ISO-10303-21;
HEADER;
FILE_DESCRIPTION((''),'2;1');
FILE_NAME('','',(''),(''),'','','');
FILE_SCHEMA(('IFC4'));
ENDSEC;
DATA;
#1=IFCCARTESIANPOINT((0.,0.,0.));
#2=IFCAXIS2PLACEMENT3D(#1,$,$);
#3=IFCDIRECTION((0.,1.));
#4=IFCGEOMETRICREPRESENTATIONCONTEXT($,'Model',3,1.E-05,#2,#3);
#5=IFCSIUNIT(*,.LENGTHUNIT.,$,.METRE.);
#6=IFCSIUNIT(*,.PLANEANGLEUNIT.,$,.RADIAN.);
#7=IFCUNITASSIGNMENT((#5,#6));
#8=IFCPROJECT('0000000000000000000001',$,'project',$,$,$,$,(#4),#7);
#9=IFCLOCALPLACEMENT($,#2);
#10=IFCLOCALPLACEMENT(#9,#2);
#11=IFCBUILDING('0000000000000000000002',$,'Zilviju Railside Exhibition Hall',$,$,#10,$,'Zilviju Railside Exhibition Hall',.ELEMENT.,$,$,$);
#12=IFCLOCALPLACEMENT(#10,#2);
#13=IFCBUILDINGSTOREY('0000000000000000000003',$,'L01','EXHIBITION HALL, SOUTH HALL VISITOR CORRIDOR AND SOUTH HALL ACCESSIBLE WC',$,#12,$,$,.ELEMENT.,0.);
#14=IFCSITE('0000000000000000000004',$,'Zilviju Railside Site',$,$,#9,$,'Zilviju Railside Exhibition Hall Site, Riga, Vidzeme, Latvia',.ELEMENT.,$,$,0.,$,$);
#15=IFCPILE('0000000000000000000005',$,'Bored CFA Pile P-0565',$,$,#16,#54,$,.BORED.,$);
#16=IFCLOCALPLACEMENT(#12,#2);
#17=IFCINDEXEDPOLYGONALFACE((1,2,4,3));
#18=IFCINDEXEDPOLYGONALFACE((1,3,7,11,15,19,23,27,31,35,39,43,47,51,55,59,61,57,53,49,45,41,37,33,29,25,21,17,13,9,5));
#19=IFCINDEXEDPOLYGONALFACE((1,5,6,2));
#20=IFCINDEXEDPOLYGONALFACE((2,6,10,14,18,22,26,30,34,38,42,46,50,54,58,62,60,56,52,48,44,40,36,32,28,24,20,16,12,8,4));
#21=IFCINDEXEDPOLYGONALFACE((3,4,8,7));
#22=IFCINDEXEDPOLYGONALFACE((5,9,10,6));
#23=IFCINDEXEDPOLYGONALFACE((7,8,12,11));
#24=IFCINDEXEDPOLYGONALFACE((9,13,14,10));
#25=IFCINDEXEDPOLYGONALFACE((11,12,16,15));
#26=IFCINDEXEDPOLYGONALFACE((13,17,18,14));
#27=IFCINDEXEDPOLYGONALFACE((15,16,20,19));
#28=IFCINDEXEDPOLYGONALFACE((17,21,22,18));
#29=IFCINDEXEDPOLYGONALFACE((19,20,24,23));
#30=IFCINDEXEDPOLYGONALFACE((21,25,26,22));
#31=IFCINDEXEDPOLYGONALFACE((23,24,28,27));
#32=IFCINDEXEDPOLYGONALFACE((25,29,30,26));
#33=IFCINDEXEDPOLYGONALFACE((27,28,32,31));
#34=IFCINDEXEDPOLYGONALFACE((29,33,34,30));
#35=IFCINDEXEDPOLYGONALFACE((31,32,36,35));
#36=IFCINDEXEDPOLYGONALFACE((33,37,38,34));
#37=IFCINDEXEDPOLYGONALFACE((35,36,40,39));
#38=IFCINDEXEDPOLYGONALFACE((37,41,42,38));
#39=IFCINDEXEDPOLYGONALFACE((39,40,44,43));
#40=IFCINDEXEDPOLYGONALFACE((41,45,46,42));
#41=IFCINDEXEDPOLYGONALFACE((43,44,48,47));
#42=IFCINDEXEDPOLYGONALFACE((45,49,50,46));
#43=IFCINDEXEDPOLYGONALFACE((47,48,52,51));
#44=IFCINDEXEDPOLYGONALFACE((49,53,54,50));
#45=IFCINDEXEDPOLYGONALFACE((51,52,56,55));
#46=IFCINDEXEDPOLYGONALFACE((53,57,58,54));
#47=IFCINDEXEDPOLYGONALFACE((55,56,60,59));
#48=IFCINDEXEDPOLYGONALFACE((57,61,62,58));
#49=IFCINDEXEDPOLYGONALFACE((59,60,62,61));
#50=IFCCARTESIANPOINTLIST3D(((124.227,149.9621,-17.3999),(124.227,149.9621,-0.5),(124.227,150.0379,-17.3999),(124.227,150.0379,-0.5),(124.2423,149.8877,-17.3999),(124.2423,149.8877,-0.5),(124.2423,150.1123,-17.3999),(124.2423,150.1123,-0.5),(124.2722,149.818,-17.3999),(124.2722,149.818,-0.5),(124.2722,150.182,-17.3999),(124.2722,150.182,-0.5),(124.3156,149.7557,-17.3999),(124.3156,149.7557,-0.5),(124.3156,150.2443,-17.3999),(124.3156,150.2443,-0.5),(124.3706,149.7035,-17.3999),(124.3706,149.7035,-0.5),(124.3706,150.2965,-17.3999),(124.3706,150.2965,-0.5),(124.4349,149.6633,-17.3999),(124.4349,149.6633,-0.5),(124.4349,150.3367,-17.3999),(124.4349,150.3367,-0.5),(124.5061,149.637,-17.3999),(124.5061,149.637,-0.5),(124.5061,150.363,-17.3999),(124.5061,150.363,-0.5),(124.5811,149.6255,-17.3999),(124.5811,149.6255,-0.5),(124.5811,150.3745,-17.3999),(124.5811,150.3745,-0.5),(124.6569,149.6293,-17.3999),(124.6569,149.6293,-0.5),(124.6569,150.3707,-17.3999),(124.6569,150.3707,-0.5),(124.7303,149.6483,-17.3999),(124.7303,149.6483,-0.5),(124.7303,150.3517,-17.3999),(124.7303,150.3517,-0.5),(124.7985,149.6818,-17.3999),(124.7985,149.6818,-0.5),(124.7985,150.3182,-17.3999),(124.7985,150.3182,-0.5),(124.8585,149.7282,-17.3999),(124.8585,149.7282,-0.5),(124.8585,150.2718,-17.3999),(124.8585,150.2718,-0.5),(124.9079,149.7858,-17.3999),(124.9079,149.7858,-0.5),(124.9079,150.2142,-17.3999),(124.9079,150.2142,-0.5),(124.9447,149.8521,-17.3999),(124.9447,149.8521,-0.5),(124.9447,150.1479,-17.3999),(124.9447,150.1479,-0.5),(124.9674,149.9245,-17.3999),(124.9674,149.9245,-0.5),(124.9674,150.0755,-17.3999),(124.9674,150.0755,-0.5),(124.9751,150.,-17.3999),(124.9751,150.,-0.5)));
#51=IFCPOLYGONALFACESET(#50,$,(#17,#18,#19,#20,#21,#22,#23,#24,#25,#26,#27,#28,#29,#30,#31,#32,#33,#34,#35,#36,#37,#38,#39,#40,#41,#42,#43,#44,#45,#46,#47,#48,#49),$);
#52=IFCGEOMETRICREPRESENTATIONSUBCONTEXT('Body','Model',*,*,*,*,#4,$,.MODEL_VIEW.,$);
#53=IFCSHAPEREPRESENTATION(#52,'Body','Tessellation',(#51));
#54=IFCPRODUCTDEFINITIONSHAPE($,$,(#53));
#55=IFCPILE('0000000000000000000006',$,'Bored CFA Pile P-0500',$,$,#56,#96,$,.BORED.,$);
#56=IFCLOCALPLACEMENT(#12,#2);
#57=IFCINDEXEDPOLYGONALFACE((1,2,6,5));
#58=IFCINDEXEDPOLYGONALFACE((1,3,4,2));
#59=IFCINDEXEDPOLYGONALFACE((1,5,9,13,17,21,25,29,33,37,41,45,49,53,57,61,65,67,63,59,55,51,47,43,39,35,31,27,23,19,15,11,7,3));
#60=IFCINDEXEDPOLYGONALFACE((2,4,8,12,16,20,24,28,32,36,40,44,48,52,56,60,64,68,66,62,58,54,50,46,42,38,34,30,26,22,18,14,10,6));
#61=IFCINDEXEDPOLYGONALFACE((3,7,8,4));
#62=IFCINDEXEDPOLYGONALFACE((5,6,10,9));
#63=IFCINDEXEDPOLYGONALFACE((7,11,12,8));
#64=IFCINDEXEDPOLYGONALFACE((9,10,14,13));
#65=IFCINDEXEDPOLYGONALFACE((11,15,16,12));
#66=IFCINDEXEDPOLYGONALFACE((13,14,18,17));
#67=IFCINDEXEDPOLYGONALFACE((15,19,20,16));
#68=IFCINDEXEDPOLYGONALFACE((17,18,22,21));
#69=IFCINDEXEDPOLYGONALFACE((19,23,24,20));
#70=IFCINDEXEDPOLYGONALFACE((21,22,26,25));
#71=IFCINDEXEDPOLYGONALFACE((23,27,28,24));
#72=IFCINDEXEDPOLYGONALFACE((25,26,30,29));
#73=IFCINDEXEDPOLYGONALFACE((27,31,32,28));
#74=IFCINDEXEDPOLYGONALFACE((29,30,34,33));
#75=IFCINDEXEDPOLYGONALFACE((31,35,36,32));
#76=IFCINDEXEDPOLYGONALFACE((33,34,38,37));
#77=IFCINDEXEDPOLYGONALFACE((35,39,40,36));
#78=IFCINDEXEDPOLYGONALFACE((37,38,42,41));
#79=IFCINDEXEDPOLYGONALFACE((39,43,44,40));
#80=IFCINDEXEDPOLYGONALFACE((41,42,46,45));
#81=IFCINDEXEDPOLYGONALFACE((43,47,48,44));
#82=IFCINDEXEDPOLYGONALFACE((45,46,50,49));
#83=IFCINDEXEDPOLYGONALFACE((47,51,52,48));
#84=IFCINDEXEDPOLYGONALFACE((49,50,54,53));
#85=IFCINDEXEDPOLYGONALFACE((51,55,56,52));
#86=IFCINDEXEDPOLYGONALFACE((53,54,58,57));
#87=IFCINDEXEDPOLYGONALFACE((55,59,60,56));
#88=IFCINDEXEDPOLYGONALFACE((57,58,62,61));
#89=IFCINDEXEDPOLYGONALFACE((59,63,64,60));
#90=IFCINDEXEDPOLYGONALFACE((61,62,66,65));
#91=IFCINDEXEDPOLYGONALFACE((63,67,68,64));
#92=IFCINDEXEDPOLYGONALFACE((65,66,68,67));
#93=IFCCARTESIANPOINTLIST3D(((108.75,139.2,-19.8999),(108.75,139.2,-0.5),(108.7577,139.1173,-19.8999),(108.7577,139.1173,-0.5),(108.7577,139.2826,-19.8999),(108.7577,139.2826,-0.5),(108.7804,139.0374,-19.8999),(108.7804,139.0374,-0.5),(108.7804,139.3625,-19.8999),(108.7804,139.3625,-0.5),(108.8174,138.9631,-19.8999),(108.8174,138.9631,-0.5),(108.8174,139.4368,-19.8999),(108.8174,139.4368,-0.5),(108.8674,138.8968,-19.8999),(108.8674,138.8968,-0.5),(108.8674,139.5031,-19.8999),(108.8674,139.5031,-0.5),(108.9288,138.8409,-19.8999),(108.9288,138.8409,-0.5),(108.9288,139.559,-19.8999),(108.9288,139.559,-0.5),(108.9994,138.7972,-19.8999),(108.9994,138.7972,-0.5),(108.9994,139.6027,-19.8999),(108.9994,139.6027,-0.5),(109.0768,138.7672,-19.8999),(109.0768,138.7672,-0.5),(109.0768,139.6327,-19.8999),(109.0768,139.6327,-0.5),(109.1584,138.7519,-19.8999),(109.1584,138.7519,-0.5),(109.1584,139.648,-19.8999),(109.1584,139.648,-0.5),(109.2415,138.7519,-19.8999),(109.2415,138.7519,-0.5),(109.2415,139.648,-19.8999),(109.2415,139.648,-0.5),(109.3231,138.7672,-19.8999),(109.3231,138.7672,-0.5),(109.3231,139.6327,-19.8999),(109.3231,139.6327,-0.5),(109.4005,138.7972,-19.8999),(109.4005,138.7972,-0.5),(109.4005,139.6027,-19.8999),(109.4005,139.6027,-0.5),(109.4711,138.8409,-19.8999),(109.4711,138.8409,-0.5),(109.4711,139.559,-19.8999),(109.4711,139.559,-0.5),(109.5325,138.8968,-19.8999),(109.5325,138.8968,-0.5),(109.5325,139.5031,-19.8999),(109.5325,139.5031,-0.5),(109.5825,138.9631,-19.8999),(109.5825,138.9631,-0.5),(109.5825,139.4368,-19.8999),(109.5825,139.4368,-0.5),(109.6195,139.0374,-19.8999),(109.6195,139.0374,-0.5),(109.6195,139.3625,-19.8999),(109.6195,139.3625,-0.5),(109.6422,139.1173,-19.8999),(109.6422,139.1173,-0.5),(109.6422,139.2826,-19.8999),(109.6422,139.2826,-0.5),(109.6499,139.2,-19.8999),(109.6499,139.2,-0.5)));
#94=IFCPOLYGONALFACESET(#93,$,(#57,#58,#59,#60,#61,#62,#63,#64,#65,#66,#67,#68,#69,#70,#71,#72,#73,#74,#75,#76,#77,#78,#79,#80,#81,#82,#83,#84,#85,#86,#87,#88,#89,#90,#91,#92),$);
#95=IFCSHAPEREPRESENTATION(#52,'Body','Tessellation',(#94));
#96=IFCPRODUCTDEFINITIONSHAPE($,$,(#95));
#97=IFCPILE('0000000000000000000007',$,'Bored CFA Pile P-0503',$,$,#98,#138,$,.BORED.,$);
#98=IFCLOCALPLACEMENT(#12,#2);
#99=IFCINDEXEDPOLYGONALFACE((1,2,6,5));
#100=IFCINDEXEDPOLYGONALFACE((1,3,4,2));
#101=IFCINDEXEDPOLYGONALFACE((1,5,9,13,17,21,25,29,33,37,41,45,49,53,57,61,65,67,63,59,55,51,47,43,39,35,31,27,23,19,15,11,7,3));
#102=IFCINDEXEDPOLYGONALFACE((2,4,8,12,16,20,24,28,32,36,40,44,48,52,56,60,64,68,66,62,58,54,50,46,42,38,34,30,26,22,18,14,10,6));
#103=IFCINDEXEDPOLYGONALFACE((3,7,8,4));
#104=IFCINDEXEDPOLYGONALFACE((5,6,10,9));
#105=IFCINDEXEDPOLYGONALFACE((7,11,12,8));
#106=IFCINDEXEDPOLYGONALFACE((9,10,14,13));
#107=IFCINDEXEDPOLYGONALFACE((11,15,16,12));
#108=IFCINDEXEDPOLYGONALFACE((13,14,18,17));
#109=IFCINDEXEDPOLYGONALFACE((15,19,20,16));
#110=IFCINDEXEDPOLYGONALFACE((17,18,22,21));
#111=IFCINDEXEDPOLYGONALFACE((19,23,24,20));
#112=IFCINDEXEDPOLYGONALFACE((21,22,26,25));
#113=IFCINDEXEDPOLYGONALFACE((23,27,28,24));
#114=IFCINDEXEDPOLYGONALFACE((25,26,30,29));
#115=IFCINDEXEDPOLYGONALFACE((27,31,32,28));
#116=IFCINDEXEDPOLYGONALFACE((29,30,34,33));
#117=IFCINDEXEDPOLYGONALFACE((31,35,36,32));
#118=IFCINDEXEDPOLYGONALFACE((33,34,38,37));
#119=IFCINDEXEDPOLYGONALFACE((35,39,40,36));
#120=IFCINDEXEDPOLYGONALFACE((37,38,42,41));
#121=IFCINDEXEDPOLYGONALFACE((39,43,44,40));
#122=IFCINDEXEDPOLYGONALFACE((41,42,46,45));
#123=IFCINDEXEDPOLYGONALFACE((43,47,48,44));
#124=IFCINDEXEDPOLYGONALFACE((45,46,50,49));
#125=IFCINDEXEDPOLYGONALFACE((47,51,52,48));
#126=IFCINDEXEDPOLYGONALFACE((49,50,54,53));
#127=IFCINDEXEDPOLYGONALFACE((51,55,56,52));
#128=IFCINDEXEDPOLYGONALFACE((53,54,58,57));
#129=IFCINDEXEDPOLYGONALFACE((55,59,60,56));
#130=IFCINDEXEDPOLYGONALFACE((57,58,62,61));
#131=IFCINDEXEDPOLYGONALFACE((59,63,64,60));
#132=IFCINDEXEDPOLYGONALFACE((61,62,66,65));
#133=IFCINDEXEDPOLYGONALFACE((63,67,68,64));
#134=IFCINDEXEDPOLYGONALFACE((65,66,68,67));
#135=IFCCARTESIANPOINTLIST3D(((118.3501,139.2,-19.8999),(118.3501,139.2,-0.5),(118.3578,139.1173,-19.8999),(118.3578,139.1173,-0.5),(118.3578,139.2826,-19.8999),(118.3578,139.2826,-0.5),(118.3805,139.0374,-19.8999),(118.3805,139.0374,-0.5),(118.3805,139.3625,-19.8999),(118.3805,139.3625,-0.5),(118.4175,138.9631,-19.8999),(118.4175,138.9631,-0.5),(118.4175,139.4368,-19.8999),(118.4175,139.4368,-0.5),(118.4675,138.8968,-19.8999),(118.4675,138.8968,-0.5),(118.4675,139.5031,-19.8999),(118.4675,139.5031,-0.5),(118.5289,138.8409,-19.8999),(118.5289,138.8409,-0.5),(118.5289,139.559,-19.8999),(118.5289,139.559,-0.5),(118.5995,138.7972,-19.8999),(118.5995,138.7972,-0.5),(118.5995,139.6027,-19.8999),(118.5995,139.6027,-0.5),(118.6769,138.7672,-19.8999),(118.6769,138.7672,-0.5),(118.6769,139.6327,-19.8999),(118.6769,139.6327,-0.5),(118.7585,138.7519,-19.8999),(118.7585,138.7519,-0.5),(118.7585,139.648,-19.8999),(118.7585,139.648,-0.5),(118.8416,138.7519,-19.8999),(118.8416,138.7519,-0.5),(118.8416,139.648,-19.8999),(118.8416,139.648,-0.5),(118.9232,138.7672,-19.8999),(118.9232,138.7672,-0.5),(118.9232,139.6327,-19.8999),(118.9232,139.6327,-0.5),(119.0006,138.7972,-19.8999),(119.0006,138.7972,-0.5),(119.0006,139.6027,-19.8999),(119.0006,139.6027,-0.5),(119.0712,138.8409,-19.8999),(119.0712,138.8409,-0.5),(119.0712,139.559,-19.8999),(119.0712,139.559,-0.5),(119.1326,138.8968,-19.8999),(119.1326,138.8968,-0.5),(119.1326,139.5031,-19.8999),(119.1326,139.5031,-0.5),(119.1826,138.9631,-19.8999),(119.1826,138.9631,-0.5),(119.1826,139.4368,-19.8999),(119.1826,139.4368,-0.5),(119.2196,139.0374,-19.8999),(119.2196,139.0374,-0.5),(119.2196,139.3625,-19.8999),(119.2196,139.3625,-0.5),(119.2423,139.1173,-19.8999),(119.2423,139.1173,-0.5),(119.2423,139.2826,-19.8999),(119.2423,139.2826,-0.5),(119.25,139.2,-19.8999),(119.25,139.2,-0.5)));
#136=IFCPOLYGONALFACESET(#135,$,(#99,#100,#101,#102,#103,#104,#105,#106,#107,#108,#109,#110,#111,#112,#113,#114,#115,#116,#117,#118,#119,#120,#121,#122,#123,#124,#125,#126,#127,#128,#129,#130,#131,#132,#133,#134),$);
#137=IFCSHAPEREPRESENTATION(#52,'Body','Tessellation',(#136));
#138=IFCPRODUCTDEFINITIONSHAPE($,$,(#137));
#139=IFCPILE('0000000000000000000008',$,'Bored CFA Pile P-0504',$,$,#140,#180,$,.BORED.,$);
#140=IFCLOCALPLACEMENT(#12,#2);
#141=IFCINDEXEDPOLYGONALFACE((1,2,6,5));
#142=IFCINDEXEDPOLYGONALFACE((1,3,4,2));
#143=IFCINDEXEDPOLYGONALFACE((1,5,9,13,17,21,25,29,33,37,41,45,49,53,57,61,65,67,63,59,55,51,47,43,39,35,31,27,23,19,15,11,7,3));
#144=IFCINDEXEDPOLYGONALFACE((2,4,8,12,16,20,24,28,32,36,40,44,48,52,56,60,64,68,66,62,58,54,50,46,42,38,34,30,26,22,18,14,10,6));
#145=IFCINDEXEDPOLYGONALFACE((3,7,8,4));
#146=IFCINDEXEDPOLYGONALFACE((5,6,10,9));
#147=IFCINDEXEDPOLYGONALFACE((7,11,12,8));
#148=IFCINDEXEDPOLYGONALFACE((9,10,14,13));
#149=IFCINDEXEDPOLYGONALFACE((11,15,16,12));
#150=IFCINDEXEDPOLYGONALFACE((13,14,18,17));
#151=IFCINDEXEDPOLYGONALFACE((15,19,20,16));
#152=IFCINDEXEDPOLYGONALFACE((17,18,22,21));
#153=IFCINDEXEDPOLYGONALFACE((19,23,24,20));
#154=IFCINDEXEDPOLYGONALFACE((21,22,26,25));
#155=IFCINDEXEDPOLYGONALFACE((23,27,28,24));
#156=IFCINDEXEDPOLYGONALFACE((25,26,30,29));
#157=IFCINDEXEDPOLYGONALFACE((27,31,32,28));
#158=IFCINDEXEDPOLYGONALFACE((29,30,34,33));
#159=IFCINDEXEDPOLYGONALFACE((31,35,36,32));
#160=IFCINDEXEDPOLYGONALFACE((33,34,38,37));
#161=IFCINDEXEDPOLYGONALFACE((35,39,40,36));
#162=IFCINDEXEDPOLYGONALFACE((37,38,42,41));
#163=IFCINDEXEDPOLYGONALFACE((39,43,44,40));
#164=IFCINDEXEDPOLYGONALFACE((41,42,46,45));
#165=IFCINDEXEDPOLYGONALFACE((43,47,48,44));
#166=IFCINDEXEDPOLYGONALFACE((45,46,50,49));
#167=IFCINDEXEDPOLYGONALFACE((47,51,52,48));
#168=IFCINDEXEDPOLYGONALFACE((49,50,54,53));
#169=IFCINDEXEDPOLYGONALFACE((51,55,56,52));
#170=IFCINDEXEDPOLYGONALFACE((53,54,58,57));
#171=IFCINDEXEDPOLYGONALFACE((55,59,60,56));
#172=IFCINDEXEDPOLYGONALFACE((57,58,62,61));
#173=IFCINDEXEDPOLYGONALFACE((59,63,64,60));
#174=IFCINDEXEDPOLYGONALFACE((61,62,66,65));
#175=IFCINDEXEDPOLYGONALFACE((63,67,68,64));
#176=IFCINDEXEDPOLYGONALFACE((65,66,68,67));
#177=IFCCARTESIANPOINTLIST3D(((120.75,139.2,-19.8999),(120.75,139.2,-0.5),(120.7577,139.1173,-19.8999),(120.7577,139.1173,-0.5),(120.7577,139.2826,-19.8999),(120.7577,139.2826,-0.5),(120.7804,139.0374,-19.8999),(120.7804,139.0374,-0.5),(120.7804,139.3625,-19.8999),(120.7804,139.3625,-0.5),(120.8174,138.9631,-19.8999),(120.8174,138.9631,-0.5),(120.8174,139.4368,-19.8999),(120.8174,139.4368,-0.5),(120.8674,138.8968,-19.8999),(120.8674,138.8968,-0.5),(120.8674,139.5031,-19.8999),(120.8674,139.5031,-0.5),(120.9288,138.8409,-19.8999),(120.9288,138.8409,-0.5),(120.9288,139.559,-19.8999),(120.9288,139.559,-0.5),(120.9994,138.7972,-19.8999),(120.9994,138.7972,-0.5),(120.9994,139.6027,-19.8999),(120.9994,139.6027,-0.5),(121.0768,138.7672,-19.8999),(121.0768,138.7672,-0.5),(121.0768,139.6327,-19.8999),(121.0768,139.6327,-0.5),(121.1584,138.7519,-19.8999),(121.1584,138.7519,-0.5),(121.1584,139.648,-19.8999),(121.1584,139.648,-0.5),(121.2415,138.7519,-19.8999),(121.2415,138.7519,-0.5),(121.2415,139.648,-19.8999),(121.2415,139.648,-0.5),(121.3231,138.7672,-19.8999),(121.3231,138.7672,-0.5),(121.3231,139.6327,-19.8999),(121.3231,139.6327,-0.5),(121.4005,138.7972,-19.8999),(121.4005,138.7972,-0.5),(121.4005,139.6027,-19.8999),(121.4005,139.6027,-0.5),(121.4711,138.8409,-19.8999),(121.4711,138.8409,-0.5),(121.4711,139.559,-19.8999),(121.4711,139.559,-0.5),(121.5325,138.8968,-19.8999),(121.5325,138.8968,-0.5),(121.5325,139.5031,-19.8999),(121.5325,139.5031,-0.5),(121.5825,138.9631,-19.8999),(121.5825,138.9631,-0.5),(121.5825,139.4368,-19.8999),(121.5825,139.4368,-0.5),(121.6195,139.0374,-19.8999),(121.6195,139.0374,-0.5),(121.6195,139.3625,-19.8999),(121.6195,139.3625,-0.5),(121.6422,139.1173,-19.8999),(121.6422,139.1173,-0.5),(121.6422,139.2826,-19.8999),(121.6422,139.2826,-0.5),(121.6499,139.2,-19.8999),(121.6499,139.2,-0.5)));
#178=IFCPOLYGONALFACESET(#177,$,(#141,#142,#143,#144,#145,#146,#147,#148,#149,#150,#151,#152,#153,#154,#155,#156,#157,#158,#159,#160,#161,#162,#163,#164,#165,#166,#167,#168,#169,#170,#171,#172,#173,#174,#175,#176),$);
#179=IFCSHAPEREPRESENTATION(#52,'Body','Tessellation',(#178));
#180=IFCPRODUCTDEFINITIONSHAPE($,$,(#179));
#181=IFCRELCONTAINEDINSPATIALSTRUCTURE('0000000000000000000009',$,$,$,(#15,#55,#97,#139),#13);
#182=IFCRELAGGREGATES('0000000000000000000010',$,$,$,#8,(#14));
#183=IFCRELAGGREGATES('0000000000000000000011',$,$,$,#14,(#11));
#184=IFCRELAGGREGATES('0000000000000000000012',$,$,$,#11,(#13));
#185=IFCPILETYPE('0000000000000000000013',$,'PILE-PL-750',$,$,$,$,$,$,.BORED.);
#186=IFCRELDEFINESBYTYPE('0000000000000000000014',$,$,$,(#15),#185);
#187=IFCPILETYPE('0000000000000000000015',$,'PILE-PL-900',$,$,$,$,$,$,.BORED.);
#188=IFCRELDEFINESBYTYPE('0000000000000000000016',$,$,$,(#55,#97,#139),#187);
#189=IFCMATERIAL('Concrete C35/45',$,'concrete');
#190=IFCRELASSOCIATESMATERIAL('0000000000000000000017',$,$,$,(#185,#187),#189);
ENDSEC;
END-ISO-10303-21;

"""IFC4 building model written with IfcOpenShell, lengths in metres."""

from ifc_helpers import new_model, si_unit, direction, frame, origin, origin_2d, place, context, subcontext, project, spatial, circle, extrude, material, material_profile, profile_set, type_object, element, save


model = new_model("IFC4")

# Units and contexts
model_context = context("Model", 3, precision=1e-05, world=origin(), true_north=direction((0.0, 1.0)))
body_context = subcontext(model_context, "Body", "Model", "MODEL_VIEW")
ifc_project = project(units=[si_unit("LENGTHUNIT", "METRE"), si_unit("PLANEANGLEUNIT", "RADIAN")], contexts=[model_context])

# Site, building, storey
site_placement = place(None, origin())
site = spatial("IfcSite", under=ifc_project, at=site_placement, Name="Zilviju Railside Site", LongName="Zilviju Railside Exhibition Hall Site, Riga, Vidzeme, Latvia", CompositionType="ELEMENT", RefElevation=0.0)
building_placement = place(site_placement, origin())
building = spatial("IfcBuilding", under=site, at=building_placement, Name="Zilviju Railside Exhibition Hall", LongName="Zilviju Railside Exhibition Hall", CompositionType="ELEMENT")
storey_placement = place(building_placement, origin())
storey = spatial("IfcBuildingStorey", under=building, at=storey_placement, Name="L01", Description="EXHIBITION HALL, SOUTH HALL VISITOR CORRIDOR AND SOUTH HALL ACCESSIBLE WC", CompositionType="ELEMENT", Elevation=0.0)

# Shared definitions
ifc_material_1 = material(Name="Concrete C35/45", Category="concrete")

# Piles
ifc_material_profile_1 = material_profile(ifc_material_1, circle(Radius=0.375, at=origin_2d()), Name="CFA PILE D750")
ifc_profile_set_1 = profile_set([ifc_material_profile_1], Name="Concrete C35/45")
pile_type_1 = type_object("IfcPileType", Name="PILE-PL-750", PredefinedType="BORED", material=ifc_profile_set_1)
for number, where, z_axis, x_axis, name in (
    (1, (124.6001, 150.0, -0.5), (0.0, 0.0, -1.0), (1.0, 0.0, 0.0), "Bored CFA Pile P-0565"),
):
    element("IfcPile", number, at=place(storey_placement, frame(where, z_axis=z_axis, x_axis=x_axis)), inside=storey, type_object=pile_type_1, Name=name, PredefinedType="BORED", context=body_context, shape_type="SweptSolid", body=[
        extrude(circle(Radius=0.375, at=origin_2d()), origin(), (0.0, 0.0, 1.0), 16.8999),
    ])
ifc_material_profile_2 = material_profile(ifc_material_1, circle(Radius=0.45, at=origin_2d()), Name="CFA PILE D900")
ifc_profile_set_2 = profile_set([ifc_material_profile_2], Name="Concrete C35/45")
pile_type_2 = type_object("IfcPileType", Name="PILE-PL-900", PredefinedType="BORED", material=ifc_profile_set_2)
for number, where, z_axis, x_axis, name in (
    (2, (109.2, 139.2, -0.5), (0.0, 0.0, -1.0), (1.0, 0.0, 0.0), "Bored CFA Pile P-0500"),
    (3, (118.8, 139.2, -0.5), (0.0, 0.0, -1.0), (1.0, 0.0, 0.0), "Bored CFA Pile P-0503"),
    (4, (121.2, 139.2, -0.5), (0.0, 0.0, -1.0), (1.0, 0.0, 0.0), "Bored CFA Pile P-0504"),
):
    element("IfcPile", number, at=place(storey_placement, frame(where, z_axis=z_axis, x_axis=x_axis)), inside=storey, type_object=pile_type_2, Name=name, PredefinedType="BORED", context=body_context, shape_type="SweptSolid", body=[
        extrude(circle(Radius=0.45, at=origin_2d()), origin(), (0.0, 0.0, 1.0), 19.3999),
    ])

save(model, "model.ifc")
